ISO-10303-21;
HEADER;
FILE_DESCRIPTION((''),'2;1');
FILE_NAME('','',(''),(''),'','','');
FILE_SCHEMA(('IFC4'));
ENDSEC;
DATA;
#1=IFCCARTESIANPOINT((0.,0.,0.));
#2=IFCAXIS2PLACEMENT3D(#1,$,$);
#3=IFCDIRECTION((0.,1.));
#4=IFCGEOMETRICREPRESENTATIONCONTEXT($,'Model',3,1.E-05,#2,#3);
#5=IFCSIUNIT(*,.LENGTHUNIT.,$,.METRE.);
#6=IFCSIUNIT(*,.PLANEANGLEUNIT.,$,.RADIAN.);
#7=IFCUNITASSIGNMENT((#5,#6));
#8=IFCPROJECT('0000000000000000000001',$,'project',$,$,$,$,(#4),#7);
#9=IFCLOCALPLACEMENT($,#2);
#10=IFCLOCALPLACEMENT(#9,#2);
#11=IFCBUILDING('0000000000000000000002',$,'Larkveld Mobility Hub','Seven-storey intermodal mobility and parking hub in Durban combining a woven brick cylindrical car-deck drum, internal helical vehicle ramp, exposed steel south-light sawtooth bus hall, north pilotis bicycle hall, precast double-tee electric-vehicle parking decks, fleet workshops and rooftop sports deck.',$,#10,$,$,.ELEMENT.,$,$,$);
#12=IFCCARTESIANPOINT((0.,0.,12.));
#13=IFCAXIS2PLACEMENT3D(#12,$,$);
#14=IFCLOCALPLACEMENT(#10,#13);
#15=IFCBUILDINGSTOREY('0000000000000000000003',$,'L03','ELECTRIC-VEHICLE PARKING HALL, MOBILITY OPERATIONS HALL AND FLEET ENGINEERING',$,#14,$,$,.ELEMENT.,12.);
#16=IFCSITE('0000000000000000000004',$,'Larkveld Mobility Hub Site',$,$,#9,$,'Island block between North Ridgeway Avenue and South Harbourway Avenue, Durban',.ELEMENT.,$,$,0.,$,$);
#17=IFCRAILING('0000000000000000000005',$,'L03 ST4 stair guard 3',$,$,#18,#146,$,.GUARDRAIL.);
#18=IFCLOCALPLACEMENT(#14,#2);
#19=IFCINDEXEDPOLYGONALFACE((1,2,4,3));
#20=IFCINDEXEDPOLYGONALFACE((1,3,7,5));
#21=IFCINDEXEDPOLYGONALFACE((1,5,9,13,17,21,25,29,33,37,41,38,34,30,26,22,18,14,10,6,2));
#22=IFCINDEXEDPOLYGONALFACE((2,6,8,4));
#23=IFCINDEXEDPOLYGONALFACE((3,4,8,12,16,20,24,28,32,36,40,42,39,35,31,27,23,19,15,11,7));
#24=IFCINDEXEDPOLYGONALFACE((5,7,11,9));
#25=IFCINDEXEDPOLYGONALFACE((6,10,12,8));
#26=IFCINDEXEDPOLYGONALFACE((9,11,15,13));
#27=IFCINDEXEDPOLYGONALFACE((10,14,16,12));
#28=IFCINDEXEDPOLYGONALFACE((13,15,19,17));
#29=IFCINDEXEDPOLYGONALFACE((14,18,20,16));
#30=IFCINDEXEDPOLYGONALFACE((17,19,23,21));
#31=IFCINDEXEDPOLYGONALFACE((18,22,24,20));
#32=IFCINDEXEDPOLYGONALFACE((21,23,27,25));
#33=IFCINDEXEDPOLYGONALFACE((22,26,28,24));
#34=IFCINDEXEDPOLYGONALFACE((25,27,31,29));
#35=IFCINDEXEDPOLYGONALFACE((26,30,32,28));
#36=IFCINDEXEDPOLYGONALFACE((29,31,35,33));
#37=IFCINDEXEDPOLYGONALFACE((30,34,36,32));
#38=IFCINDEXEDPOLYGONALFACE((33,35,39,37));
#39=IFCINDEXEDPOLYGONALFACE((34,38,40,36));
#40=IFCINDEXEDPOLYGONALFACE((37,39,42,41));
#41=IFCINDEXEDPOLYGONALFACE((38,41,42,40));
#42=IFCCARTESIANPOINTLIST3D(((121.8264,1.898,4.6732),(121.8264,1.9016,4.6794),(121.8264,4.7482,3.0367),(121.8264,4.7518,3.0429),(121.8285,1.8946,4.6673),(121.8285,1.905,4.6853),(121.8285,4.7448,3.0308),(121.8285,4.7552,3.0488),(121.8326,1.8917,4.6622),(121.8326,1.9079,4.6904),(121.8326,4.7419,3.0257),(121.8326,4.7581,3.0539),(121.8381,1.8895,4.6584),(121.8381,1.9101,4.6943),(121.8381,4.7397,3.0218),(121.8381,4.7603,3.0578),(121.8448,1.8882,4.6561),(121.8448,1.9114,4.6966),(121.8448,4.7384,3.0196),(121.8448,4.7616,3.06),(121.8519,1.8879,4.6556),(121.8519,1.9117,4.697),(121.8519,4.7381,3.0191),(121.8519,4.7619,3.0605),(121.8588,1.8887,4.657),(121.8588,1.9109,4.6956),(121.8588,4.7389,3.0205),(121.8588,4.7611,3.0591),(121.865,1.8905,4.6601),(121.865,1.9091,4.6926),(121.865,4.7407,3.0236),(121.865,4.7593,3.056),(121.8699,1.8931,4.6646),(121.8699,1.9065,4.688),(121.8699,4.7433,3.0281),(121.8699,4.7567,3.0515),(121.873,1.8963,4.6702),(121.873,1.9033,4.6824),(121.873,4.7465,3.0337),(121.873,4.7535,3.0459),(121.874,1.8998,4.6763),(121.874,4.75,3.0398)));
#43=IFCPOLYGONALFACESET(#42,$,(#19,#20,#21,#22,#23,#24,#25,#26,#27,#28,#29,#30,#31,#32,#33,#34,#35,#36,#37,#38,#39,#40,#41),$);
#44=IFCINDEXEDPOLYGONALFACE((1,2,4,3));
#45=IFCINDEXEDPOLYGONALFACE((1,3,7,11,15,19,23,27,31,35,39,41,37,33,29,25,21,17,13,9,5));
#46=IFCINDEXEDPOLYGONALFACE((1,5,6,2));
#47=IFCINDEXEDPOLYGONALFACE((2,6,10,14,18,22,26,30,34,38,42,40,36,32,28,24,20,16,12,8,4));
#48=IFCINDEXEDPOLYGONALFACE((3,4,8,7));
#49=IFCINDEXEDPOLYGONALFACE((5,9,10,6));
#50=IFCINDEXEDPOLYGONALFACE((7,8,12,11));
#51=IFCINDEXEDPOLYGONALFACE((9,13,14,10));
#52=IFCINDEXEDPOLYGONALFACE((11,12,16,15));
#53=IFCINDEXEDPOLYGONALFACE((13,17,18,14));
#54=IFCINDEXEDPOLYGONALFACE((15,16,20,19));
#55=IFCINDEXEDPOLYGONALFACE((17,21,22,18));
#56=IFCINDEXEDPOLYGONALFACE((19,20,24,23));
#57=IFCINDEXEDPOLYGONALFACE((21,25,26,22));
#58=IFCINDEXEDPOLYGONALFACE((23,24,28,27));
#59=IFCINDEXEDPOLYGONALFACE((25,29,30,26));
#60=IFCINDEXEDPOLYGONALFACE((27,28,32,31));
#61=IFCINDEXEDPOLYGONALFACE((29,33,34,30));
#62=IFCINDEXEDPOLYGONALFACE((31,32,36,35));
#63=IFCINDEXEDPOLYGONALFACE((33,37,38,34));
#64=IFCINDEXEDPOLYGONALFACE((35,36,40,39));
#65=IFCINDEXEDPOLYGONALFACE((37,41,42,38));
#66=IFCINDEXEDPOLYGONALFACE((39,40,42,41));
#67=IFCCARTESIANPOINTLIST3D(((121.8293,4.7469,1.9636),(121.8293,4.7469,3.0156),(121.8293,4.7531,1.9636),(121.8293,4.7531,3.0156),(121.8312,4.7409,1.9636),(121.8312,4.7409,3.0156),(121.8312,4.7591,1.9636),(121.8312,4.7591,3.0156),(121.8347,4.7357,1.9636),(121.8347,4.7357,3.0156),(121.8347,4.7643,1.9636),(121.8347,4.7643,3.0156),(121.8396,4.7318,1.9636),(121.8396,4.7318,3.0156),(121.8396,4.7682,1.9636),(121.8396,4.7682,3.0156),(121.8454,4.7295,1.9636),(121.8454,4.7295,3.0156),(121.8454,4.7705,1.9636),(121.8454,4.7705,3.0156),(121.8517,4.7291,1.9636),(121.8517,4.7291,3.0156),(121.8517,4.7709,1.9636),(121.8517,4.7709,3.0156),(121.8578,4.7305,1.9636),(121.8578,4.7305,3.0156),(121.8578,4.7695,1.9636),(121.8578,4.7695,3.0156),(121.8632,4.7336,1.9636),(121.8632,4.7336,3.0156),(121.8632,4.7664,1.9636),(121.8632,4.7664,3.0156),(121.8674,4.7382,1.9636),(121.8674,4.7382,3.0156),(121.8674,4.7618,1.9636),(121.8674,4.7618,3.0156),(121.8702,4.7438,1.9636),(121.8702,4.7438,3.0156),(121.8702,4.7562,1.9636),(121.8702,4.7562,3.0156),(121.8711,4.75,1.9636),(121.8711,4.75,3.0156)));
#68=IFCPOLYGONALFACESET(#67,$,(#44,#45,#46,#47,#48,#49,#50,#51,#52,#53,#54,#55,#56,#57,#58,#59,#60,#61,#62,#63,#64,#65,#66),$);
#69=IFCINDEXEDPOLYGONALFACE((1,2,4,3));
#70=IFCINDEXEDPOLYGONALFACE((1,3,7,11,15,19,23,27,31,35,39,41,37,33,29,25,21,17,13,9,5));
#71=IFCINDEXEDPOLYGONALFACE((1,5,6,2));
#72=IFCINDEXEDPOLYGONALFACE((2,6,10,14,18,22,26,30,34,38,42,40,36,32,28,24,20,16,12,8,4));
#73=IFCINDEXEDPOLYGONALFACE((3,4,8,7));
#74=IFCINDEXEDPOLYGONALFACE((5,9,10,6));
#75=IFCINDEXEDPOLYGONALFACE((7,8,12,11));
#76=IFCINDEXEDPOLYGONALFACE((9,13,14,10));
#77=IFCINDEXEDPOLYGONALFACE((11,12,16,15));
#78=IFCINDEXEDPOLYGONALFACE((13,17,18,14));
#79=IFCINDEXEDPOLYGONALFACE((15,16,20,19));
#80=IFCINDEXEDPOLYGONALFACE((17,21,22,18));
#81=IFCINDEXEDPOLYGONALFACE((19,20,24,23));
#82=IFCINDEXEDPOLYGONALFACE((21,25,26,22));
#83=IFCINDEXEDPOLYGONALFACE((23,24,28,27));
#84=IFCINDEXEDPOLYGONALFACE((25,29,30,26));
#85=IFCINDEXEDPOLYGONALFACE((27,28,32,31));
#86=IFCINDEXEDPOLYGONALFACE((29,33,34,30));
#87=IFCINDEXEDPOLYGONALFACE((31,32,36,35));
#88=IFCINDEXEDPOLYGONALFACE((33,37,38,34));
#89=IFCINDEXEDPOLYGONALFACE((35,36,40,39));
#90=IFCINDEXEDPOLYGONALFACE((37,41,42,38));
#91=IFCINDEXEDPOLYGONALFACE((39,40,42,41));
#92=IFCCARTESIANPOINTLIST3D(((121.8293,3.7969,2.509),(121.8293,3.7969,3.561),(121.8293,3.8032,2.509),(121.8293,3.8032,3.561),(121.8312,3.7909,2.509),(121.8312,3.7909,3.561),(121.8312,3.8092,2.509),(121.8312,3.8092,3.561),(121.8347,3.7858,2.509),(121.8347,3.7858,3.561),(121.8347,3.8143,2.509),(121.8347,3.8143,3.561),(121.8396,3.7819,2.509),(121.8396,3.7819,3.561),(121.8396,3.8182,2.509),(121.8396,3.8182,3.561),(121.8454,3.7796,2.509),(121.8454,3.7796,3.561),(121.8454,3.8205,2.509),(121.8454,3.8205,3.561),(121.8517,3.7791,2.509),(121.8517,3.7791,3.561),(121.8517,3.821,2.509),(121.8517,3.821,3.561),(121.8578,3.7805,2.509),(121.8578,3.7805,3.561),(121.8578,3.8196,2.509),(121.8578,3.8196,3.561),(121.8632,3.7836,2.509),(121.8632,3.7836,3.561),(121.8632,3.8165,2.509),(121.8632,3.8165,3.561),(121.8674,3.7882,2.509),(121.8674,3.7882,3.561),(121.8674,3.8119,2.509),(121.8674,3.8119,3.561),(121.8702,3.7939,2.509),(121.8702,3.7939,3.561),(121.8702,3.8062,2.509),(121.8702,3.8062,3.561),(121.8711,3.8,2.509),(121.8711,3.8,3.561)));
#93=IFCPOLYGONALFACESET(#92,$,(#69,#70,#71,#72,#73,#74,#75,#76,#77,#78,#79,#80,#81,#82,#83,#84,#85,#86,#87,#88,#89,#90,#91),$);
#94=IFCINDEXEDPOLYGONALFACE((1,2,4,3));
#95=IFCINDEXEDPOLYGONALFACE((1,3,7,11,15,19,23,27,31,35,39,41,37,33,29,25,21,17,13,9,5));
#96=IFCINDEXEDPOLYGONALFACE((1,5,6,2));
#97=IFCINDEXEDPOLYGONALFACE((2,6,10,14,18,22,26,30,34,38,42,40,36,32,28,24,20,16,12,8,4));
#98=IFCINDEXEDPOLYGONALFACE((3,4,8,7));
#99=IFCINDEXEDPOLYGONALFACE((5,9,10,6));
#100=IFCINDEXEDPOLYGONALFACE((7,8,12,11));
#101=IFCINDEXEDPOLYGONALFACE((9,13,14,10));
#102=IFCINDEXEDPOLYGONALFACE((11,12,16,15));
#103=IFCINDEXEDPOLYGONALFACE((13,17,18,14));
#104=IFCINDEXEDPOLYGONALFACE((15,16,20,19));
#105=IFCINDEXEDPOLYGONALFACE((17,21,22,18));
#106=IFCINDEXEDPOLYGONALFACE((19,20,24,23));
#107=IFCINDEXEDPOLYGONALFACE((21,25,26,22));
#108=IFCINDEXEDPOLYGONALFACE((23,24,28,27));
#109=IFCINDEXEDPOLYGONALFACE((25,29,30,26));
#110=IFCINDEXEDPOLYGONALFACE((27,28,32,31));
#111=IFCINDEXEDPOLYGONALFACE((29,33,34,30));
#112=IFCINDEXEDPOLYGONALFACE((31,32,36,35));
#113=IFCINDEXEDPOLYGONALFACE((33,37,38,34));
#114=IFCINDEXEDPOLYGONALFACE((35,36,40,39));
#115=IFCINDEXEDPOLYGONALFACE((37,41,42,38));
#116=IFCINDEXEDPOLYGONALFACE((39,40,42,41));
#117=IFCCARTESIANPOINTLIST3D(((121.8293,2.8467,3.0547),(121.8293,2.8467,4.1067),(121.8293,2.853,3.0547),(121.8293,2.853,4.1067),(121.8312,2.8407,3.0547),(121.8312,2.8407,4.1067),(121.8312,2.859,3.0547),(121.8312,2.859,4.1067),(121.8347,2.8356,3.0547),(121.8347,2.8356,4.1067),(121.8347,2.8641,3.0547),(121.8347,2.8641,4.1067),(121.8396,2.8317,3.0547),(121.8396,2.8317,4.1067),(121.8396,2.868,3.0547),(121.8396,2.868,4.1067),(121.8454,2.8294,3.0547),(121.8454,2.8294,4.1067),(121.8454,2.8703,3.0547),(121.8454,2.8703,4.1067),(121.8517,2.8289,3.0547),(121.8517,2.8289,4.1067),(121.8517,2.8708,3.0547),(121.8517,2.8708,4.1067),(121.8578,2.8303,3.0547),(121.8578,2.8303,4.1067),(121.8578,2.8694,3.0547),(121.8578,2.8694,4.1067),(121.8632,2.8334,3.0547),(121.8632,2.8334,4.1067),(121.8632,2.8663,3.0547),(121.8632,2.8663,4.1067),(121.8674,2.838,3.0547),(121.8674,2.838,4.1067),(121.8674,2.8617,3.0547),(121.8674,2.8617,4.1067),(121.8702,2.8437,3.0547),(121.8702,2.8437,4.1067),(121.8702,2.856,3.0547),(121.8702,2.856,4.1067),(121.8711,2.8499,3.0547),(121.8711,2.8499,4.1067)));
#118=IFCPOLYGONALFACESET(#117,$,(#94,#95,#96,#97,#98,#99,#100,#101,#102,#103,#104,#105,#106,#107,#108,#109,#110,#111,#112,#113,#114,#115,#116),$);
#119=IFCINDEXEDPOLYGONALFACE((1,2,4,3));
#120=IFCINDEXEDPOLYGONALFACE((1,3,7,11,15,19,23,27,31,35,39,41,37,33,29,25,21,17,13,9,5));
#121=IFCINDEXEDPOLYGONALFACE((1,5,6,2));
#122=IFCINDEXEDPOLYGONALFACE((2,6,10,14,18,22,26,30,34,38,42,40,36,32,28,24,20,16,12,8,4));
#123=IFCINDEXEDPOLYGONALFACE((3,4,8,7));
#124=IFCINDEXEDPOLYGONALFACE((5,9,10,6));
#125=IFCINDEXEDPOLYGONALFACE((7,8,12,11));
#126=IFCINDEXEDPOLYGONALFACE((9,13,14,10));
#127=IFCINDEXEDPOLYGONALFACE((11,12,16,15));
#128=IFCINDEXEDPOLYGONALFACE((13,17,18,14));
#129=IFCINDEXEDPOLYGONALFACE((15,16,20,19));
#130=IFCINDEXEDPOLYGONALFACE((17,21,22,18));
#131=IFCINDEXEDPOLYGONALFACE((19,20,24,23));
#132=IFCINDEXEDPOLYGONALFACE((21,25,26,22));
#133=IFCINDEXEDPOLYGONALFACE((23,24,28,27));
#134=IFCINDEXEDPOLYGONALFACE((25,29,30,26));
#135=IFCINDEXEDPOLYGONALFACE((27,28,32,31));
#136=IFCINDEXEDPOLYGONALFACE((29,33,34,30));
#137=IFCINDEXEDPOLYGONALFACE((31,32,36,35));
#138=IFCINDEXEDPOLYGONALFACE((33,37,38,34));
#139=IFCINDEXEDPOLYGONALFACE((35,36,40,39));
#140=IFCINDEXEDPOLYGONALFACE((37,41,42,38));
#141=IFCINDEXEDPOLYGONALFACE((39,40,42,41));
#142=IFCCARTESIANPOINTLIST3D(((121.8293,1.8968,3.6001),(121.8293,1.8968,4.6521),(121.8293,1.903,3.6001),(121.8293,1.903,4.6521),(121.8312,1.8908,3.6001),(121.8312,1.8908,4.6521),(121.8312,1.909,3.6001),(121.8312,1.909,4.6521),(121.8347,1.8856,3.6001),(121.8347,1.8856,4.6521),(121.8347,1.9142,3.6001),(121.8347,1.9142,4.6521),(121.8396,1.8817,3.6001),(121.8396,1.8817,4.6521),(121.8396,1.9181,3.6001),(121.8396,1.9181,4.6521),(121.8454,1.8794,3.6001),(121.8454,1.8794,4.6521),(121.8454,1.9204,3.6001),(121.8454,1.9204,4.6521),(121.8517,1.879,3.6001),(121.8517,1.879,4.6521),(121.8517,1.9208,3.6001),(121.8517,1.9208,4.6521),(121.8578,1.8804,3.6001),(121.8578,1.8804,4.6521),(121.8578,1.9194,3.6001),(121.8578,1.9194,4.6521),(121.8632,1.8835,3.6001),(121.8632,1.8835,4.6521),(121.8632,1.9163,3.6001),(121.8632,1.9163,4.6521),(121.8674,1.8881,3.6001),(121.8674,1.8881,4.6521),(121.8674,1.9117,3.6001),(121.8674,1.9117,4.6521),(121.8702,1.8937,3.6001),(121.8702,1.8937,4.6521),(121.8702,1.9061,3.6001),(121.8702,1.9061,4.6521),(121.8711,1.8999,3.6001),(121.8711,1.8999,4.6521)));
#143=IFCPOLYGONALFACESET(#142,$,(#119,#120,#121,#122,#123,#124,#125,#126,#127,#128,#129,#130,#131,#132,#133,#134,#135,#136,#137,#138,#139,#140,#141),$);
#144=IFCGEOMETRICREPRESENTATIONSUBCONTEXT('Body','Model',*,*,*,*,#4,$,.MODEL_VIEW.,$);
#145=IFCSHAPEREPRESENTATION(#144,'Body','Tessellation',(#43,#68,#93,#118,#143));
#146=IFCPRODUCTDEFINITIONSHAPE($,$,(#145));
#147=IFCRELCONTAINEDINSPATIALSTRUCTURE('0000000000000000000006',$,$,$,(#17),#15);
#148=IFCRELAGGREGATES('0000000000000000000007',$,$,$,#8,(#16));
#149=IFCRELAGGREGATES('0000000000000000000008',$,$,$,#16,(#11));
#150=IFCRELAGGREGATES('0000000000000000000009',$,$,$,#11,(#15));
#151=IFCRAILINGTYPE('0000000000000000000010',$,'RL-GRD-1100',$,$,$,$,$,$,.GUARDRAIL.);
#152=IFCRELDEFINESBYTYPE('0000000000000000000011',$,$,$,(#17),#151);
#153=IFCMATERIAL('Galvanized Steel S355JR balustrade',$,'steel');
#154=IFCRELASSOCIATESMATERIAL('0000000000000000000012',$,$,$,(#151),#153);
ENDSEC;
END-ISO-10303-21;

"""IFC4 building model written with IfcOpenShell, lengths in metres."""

from ifc_helpers import new_model, si_unit, direction, frame, origin, origin_2d, place, context, subcontext, project, spatial, circle, extrude, material, type_object, element, save


model = new_model("IFC4")

# Units and contexts
model_context = context("Model", 3, precision=1e-05, world=origin(), true_north=direction((0.0, 1.0)))
body_context = subcontext(model_context, "Body", "Model", "MODEL_VIEW")
ifc_project = project(units=[si_unit("LENGTHUNIT", "METRE"), si_unit("PLANEANGLEUNIT", "RADIAN")], contexts=[model_context])

# Site, building, storey
site_placement = place(None, origin())
site = spatial("IfcSite", under=ifc_project, at=site_placement, Name="Larkveld Mobility Hub Site", LongName="Island block between North Ridgeway Avenue and South Harbourway Avenue, Durban", CompositionType="ELEMENT", RefElevation=0.0)
building_placement = place(site_placement, origin())
building = spatial("IfcBuilding", under=site, at=building_placement, Name="Larkveld Mobility Hub", Description="Seven-storey intermodal mobility and parking hub in Durban combining a woven brick cylindrical car-deck drum, internal helical vehicle ramp, exposed steel south-light sawtooth bus hall, north pilotis bicycle hall, precast double-tee electric-vehicle parking decks, fleet workshops and rooftop sports deck.", CompositionType="ELEMENT")
storey_placement = place(building_placement, frame((0.0, 0.0, 12.0)))
storey = spatial("IfcBuildingStorey", under=building, at=storey_placement, Name="L03", Description="ELECTRIC-VEHICLE PARKING HALL, MOBILITY OPERATIONS HALL AND FLEET ENGINEERING", CompositionType="ELEMENT", Elevation=12.0)

# Railing
ifc_material_1 = material(Name="Galvanized Steel S355JR balustrade", Category="steel")
railing_type_1 = type_object("IfcRailingType", Name="RL-GRD-1100", PredefinedType="GUARDRAIL", material=ifc_material_1)
railing_1_placement = place(storey_placement, frame((121.8501, 4.75, 1.9636)))
element("IfcRailing", 1, at=railing_1_placement, inside=storey, type_object=railing_type_1, Name="L03 ST4 stair guard 3", PredefinedType="GUARDRAIL", context=body_context, shape_type="SweptSolid", body=[
    extrude(circle(Radius=0.0239, at=origin_2d()), frame((0.0, 0.0, 1.0762), z_axis=(0.0, -0.867213, 0.497938), x_axis=(1.0, 0.0, 0.0)), (0.0, 0.0, 1.0), 3.2866),
    extrude(circle(Radius=0.021, at=origin_2d()), origin(), (0.0, 0.0, 1.0), 1.052),
    extrude(circle(Radius=0.021, at=origin_2d()), frame((0.0, -0.95, 0.5454)), (0.0, 0.0, 1.0), 1.052),
    extrude(circle(Radius=0.021, at=origin_2d()), frame((0.0, -1.9001, 1.0911)), (0.0, 0.0, 1.0), 1.052),
    extrude(circle(Radius=0.021, at=origin_2d()), frame((0.0, -2.8501, 1.6365)), (0.0, 0.0, 1.0), 1.052),
])

save(model, "model.ifc")
